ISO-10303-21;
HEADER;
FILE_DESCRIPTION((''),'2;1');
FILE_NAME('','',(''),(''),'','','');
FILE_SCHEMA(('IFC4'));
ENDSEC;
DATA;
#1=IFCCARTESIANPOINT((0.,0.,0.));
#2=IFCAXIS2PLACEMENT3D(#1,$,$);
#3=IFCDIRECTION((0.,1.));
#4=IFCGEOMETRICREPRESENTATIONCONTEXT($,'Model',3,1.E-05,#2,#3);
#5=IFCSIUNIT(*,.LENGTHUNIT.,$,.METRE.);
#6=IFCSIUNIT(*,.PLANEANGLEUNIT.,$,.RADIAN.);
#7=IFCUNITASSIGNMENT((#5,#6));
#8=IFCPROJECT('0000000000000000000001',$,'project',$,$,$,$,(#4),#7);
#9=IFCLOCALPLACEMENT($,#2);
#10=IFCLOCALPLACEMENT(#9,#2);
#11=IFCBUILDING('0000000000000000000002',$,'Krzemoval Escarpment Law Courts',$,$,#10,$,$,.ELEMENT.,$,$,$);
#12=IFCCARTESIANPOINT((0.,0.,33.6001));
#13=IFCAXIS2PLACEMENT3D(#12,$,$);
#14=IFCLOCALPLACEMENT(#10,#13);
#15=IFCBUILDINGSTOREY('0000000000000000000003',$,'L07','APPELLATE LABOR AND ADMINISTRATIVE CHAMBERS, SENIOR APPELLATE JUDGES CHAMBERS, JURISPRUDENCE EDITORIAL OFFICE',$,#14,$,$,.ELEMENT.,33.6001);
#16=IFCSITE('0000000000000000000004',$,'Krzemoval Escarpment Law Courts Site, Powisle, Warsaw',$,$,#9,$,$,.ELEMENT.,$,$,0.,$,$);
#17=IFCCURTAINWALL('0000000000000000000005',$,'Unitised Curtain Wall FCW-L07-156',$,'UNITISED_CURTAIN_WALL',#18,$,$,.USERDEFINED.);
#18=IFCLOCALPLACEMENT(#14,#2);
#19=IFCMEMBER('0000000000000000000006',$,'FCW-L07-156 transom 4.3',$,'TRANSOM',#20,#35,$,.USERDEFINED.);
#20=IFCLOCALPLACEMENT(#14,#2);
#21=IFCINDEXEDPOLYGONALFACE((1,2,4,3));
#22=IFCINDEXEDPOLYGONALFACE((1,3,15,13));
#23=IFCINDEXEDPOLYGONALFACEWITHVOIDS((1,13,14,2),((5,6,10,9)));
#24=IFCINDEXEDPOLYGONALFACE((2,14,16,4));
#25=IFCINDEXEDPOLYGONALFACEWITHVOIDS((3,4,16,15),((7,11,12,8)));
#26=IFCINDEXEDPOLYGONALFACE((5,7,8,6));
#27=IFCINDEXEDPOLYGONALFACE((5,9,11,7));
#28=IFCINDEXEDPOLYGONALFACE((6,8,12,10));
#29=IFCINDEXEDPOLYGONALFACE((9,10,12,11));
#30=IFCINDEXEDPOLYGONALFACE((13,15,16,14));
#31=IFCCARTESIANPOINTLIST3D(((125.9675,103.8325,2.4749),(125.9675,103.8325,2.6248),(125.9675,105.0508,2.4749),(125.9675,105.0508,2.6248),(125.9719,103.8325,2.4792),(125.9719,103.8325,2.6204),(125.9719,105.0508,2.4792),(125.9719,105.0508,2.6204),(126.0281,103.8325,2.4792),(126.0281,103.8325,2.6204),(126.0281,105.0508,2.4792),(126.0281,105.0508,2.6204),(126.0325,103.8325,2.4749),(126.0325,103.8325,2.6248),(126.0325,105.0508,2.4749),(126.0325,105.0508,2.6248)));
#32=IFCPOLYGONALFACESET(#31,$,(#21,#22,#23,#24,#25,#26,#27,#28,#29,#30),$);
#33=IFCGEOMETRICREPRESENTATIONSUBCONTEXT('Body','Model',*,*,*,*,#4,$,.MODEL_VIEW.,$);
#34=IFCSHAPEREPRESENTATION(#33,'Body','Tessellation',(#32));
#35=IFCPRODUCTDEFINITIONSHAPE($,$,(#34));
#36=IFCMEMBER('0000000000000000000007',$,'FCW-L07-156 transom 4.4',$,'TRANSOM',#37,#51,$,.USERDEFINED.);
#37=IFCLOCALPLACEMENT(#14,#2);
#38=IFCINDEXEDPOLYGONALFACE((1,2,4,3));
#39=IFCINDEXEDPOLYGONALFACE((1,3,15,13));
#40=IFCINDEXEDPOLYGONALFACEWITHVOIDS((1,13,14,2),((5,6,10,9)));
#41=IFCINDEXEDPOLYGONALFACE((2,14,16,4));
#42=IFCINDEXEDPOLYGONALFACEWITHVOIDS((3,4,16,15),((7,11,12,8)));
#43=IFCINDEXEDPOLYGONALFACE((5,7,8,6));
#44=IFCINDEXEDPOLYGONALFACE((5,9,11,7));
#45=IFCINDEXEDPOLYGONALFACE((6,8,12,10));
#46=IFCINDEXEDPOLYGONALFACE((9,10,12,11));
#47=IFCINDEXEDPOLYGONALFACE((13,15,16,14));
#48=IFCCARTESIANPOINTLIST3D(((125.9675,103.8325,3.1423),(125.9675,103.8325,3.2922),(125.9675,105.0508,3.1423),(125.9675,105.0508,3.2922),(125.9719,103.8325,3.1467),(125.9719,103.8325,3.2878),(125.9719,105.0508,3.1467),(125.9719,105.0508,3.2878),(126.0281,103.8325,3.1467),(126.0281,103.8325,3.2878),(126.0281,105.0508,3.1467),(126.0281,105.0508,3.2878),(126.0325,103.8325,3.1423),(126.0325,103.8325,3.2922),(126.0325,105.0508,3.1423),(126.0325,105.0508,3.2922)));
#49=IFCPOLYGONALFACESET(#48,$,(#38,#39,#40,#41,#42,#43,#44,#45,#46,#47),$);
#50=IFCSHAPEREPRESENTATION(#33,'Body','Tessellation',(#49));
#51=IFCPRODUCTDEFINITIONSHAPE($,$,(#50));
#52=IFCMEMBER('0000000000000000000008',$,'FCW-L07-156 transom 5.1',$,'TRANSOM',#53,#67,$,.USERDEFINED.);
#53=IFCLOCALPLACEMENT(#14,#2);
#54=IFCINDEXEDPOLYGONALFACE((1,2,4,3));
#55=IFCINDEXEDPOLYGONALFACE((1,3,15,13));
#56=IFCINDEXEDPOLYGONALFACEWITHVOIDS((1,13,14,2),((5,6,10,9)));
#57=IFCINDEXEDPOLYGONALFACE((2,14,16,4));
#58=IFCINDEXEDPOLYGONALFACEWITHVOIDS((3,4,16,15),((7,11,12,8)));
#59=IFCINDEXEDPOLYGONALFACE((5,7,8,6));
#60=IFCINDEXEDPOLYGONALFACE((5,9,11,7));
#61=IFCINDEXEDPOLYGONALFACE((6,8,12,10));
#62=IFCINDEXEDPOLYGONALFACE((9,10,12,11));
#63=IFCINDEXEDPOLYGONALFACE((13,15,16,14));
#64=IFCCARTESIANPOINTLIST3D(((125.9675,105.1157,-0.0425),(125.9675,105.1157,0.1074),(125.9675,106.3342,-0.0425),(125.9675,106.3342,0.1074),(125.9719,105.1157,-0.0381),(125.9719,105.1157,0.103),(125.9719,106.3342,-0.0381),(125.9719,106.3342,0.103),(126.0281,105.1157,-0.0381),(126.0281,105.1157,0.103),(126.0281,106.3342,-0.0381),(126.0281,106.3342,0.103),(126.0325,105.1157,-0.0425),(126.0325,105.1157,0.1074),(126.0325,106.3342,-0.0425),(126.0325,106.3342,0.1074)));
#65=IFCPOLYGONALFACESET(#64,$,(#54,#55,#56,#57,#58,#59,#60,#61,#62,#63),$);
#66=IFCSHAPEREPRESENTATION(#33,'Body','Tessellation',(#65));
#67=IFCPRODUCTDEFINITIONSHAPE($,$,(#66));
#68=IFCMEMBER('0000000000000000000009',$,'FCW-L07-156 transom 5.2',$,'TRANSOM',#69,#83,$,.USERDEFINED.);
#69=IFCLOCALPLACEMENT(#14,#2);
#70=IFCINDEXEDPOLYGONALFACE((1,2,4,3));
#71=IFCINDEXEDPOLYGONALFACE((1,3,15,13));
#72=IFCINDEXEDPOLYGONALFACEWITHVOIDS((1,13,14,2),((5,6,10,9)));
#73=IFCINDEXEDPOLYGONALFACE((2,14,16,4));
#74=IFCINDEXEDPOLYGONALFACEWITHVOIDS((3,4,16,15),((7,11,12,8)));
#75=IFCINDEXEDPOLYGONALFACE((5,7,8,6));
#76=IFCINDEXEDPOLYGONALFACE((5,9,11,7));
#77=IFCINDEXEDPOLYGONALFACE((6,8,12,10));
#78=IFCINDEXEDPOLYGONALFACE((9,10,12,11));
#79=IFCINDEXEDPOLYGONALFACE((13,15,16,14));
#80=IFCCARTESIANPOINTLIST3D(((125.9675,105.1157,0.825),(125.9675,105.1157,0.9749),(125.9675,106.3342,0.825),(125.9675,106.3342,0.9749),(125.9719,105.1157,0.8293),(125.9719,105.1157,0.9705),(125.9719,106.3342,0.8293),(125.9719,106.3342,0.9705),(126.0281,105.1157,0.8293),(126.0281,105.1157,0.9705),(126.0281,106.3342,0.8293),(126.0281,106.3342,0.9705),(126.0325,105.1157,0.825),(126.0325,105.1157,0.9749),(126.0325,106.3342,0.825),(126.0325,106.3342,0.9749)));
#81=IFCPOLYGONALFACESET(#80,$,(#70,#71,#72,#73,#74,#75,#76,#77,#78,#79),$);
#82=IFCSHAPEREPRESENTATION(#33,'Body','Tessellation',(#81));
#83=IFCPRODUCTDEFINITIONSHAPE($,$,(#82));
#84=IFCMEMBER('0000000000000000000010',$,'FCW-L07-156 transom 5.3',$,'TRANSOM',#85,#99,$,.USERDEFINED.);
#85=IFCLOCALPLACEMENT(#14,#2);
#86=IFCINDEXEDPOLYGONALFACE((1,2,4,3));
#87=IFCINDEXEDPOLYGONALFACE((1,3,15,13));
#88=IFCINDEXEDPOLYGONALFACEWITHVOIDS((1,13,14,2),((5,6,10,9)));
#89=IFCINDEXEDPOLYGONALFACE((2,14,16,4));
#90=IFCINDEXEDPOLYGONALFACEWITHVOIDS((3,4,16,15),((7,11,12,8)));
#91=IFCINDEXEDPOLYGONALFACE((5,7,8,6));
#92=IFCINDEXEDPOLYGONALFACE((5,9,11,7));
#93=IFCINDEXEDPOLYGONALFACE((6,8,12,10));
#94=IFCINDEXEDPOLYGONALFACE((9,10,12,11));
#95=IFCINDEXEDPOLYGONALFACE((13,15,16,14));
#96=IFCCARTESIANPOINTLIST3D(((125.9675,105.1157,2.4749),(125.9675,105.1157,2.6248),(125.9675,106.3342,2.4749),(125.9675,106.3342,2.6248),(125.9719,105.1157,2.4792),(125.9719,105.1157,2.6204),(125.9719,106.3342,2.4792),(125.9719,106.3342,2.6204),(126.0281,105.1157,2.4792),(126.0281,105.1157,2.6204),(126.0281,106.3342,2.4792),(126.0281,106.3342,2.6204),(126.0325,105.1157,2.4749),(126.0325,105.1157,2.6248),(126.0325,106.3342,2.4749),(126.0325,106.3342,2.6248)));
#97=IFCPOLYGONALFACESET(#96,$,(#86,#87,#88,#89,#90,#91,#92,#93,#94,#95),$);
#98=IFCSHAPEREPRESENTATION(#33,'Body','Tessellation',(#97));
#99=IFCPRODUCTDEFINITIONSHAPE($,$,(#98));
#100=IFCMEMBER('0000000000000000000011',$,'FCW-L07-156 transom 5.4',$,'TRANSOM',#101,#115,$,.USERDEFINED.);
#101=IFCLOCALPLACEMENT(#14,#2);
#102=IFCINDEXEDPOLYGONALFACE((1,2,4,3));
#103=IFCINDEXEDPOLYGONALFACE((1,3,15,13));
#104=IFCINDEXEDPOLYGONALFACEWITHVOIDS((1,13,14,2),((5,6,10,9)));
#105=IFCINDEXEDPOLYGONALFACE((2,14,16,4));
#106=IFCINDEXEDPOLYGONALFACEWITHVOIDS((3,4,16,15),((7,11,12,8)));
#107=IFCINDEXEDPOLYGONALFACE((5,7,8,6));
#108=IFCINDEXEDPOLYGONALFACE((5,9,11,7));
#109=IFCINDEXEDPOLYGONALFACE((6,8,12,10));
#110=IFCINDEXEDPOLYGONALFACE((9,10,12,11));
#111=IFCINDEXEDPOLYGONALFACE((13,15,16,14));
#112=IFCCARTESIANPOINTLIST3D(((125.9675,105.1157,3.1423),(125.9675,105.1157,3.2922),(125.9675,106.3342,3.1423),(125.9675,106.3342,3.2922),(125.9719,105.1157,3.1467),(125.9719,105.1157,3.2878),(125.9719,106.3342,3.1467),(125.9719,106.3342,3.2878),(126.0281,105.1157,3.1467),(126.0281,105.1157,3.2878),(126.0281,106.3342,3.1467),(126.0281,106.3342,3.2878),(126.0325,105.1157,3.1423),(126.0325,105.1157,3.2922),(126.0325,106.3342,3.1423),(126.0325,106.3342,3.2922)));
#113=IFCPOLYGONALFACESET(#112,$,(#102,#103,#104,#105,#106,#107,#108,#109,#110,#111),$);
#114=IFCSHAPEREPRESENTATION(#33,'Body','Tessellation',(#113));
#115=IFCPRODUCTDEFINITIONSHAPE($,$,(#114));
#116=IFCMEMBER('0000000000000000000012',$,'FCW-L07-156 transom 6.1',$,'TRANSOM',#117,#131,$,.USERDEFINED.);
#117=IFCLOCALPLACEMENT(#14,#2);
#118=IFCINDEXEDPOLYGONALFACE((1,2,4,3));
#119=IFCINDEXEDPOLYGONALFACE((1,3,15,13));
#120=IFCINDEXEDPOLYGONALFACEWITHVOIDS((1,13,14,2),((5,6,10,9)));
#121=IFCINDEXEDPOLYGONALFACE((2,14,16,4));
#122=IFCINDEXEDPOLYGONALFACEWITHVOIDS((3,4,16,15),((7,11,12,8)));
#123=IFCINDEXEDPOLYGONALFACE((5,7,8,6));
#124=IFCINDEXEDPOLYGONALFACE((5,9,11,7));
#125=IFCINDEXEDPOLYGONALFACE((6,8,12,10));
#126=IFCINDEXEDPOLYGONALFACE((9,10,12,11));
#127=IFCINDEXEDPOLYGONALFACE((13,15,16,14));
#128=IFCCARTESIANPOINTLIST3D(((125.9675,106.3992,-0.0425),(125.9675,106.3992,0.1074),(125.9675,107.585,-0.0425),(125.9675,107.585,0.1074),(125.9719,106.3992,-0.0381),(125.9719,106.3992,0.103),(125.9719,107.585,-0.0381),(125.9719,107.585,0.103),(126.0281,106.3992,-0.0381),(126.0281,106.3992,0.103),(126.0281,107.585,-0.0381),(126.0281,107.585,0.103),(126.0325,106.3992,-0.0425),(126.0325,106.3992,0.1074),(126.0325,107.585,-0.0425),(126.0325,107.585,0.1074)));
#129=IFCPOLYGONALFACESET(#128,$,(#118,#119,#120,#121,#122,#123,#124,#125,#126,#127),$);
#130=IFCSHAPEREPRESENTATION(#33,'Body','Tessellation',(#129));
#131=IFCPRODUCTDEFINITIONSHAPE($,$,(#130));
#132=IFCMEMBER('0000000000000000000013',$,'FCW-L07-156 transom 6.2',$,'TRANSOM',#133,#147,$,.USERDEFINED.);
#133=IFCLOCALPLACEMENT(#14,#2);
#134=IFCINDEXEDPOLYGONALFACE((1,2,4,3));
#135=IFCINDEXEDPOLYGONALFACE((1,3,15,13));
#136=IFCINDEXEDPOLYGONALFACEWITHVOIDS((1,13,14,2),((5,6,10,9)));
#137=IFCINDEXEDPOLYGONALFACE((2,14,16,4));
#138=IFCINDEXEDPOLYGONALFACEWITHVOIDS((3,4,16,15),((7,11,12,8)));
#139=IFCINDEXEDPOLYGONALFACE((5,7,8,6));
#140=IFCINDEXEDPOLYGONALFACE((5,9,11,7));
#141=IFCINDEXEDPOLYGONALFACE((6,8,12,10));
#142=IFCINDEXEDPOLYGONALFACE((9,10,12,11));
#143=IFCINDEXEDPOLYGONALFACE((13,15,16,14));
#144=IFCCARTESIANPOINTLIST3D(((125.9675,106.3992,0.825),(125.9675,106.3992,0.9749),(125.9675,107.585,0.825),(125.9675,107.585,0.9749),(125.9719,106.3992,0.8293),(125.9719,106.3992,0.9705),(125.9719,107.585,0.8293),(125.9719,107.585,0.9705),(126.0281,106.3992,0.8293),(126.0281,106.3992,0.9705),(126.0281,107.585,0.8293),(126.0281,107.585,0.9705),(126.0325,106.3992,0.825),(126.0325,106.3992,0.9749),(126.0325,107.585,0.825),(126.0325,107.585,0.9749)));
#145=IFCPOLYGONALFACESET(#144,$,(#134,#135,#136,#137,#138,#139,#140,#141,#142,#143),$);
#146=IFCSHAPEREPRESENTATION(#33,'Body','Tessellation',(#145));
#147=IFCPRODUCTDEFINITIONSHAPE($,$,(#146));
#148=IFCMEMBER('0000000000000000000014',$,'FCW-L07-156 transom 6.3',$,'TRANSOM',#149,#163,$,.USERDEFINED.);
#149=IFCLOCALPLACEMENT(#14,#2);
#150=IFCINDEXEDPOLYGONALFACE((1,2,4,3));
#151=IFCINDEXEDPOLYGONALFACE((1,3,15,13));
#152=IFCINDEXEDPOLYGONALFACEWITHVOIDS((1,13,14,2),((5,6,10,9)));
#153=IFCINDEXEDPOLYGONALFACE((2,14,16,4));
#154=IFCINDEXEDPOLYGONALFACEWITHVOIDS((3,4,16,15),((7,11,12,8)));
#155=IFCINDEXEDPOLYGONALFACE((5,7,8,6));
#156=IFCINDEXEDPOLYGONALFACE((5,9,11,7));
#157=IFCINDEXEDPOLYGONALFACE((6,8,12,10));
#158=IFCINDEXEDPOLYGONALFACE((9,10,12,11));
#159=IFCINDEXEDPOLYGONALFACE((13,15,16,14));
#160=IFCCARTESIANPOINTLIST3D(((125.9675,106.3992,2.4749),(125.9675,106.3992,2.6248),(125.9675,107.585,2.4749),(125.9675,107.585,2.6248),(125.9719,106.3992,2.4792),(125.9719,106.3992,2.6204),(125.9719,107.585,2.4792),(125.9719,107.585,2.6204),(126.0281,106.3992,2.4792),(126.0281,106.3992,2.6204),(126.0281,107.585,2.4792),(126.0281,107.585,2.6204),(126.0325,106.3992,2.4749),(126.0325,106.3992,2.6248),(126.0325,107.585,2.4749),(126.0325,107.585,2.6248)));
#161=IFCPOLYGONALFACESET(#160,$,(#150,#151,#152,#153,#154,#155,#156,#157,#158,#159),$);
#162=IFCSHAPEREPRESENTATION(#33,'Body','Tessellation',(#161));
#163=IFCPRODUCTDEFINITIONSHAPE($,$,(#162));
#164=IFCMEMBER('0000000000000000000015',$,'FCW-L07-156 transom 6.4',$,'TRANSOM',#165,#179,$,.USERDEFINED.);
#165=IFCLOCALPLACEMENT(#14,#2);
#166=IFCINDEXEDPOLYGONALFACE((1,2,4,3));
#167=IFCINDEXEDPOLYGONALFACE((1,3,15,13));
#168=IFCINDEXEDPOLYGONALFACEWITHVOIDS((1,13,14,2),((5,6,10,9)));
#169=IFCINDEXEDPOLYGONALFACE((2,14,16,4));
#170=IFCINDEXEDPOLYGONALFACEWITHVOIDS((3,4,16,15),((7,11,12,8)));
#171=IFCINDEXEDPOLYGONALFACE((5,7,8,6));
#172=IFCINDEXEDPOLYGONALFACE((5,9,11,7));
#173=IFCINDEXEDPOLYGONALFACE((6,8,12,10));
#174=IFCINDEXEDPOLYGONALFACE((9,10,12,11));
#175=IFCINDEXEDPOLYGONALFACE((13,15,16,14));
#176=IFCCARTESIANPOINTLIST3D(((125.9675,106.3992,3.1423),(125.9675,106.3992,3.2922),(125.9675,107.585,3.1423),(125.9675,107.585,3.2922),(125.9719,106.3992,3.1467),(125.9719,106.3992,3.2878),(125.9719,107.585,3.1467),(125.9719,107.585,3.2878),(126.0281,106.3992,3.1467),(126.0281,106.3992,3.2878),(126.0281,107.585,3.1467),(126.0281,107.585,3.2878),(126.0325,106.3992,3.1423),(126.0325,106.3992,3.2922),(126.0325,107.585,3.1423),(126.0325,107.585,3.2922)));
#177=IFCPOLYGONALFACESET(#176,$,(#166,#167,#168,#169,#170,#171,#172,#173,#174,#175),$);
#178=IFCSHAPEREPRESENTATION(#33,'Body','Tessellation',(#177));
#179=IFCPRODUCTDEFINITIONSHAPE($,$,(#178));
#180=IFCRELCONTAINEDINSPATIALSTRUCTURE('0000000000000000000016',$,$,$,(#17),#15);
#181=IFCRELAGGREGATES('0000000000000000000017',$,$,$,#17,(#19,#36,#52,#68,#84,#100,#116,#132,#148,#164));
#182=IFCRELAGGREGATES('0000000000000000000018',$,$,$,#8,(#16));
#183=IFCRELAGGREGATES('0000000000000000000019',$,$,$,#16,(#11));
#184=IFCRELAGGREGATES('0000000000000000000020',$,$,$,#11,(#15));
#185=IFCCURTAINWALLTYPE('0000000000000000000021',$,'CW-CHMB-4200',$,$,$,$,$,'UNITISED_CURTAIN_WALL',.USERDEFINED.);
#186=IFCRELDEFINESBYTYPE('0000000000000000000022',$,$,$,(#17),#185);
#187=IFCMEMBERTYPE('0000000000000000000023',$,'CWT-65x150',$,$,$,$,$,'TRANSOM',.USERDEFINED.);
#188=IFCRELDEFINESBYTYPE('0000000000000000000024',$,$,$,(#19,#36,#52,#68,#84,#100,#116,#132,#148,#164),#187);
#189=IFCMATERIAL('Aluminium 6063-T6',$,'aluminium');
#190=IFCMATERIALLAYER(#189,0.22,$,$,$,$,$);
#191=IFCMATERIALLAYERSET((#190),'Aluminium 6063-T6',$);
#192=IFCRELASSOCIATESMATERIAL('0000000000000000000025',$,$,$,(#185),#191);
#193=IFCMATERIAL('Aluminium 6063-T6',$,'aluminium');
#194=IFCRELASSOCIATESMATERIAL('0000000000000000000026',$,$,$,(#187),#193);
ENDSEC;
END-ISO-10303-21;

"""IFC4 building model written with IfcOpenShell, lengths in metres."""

from ifc_helpers import new_model, si_unit, direction, frame, origin, origin_2d, place, context, subcontext, project, spatial, hollow_rectangle, extrude, material, layer, layer_set, material_profile, profile_set, type_object, element, aggregate, save


model = new_model("IFC4")

# Units and contexts
model_context = context("Model", 3, precision=1e-05, world=origin(), true_north=direction((0.0, 1.0)))
body_context = subcontext(model_context, "Body", "Model", "MODEL_VIEW")
ifc_project = project(units=[si_unit("LENGTHUNIT", "METRE"), si_unit("PLANEANGLEUNIT", "RADIAN")], contexts=[model_context])

# Site, building, storey
site_placement = place(None, origin())
site = spatial("IfcSite", under=ifc_project, at=site_placement, Name="Krzemoval Escarpment Law Courts Site, Powisle, Warsaw", CompositionType="ELEMENT", RefElevation=0.0)
building_placement = place(site_placement, origin())
building = spatial("IfcBuilding", under=site, at=building_placement, Name="Krzemoval Escarpment Law Courts", CompositionType="ELEMENT")
storey_placement = place(building_placement, frame((0.0, 0.0, 33.6001)))
storey = spatial("IfcBuildingStorey", under=building, at=storey_placement, Name="L07", Description="APPELLATE LABOR AND ADMINISTRATIVE CHAMBERS, SENIOR APPELLATE JUDGES CHAMBERS, JURISPRUDENCE EDITORIAL OFFICE", CompositionType="ELEMENT", Elevation=33.6001)

# Curtain wall, members
ifc_material_1 = material(Name="Aluminium 6063-T6", Category="aluminium")
ifc_layer_1 = layer(ifc_material_1, 0.22)
ifc_layer_set_1 = layer_set([ifc_layer_1], Name="Aluminium 6063-T6")
curtain_wall_type = type_object("IfcCurtainWallType", Name="CW-CHMB-4200", ElementType="UNITISED_CURTAIN_WALL", PredefinedType="USERDEFINED", material=ifc_layer_set_1)
curtain_wall_placement = place(storey_placement, origin())
curtain_wall = element("IfcCurtainWall", 1, at=curtain_wall_placement, inside=storey, type_object=curtain_wall_type, Name="Unitised Curtain Wall FCW-L07-156", ObjectType="UNITISED_CURTAIN_WALL", PredefinedType="USERDEFINED")
ifc_material_2 = material(Name="Aluminium 6063-T6", Category="aluminium")
ifc_material_profile_1 = material_profile(ifc_material_2, hollow_rectangle(XDim=0.0649, YDim=0.1499, WallThickness=0.0044, at=origin_2d()), Name="ALU T65x150")
ifc_profile_set_1 = profile_set([ifc_material_profile_1], Name="Aluminium 6063-T6")
member_type = type_object("IfcMemberType", Name="CWT-65x150", ElementType="TRANSOM", PredefinedType="USERDEFINED", material=ifc_profile_set_1)
member_1_placement = place(storey_placement, frame((126.0, 103.8325, 2.5498), z_axis=(0.0, 1.0, 0.0), x_axis=(-1.0, 0.0, 0.0)))
member_1 = element("IfcMember", 2, at=member_1_placement, type_object=member_type, Name="FCW-L07-156 transom 4.3", ObjectType="TRANSOM", PredefinedType="USERDEFINED", context=body_context, shape_type="SweptSolid", body=[
    extrude(hollow_rectangle(XDim=0.0649, YDim=0.1499, WallThickness=0.0044, at=origin_2d()), origin(), (0.0, 0.0, 1.0), 1.2183),
])
member_2_placement = place(storey_placement, frame((126.0, 103.8325, 3.2173), z_axis=(0.0, 1.0, 0.0), x_axis=(-1.0, 0.0, 0.0)))
member_2 = element("IfcMember", 3, at=member_2_placement, type_object=member_type, Name="FCW-L07-156 transom 4.4", ObjectType="TRANSOM", PredefinedType="USERDEFINED", context=body_context, shape_type="SweptSolid", body=[
    extrude(hollow_rectangle(XDim=0.0649, YDim=0.1499, WallThickness=0.0044, at=origin_2d()), origin(), (0.0, 0.0, 1.0), 1.2183),
])
member_3_placement = place(storey_placement, frame((126.0, 105.1157, 0.0325), z_axis=(0.0, 1.0, 0.0), x_axis=(-1.0, 0.0, 0.0)))
member_3 = element("IfcMember", 4, at=member_3_placement, type_object=member_type, Name="FCW-L07-156 transom 5.1", ObjectType="TRANSOM", PredefinedType="USERDEFINED", context=body_context, shape_type="SweptSolid", body=[
    extrude(hollow_rectangle(XDim=0.0649, YDim=0.1499, WallThickness=0.0044, at=origin_2d()), origin(), (0.0, 0.0, 1.0), 1.2185),
])
member_4_placement = place(storey_placement, frame((126.0, 105.1157, 0.8999), z_axis=(0.0, 1.0, 0.0), x_axis=(-1.0, 0.0, 0.0)))
member_4 = element("IfcMember", 5, at=member_4_placement, type_object=member_type, Name="FCW-L07-156 transom 5.2", ObjectType="TRANSOM", PredefinedType="USERDEFINED", context=body_context, shape_type="SweptSolid", body=[
    extrude(hollow_rectangle(XDim=0.0649, YDim=0.1499, WallThickness=0.0044, at=origin_2d()), origin(), (0.0, 0.0, 1.0), 1.2185),
])
member_5_placement = place(storey_placement, frame((126.0, 105.1157, 2.5498), z_axis=(0.0, 1.0, 0.0), x_axis=(-1.0, 0.0, 0.0)))
member_5 = element("IfcMember", 6, at=member_5_placement, type_object=member_type, Name="FCW-L07-156 transom 5.3", ObjectType="TRANSOM", PredefinedType="USERDEFINED", context=body_context, shape_type="SweptSolid", body=[
    extrude(hollow_rectangle(XDim=0.0649, YDim=0.1499, WallThickness=0.0044, at=origin_2d()), origin(), (0.0, 0.0, 1.0), 1.2185),
])
member_6_placement = place(storey_placement, frame((126.0, 105.1157, 3.2173), z_axis=(0.0, 1.0, 0.0), x_axis=(-1.0, 0.0, 0.0)))
member_6 = element("IfcMember", 7, at=member_6_placement, type_object=member_type, Name="FCW-L07-156 transom 5.4", ObjectType="TRANSOM", PredefinedType="USERDEFINED", context=body_context, shape_type="SweptSolid", body=[
    extrude(hollow_rectangle(XDim=0.0649, YDim=0.1499, WallThickness=0.0044, at=origin_2d()), origin(), (0.0, 0.0, 1.0), 1.2185),
])
member_7_placement = place(storey_placement, frame((126.0, 106.3992, 0.0325), z_axis=(0.0, 1.0, 0.0), x_axis=(-1.0, 0.0, 0.0)))
member_7 = element("IfcMember", 8, at=member_7_placement, type_object=member_type, Name="FCW-L07-156 transom 6.1", ObjectType="TRANSOM", PredefinedType="USERDEFINED", context=body_context, shape_type="SweptSolid", body=[
    extrude(hollow_rectangle(XDim=0.0649, YDim=0.1499, WallThickness=0.0044, at=origin_2d()), origin(), (0.0, 0.0, 1.0), 1.1858),
])
member_8_placement = place(storey_placement, frame((126.0, 106.3992, 0.8999), z_axis=(0.0, 1.0, 0.0), x_axis=(-1.0, 0.0, 0.0)))
member_8 = element("IfcMember", 9, at=member_8_placement, type_object=member_type, Name="FCW-L07-156 transom 6.2", ObjectType="TRANSOM", PredefinedType="USERDEFINED", context=body_context, shape_type="SweptSolid", body=[
    extrude(hollow_rectangle(XDim=0.0649, YDim=0.1499, WallThickness=0.0044, at=origin_2d()), origin(), (0.0, 0.0, 1.0), 1.1858),
])
member_9_placement = place(storey_placement, frame((126.0, 106.3992, 2.5498), z_axis=(0.0, 1.0, 0.0), x_axis=(-1.0, 0.0, 0.0)))
member_9 = element("IfcMember", 10, at=member_9_placement, type_object=member_type, Name="FCW-L07-156 transom 6.3", ObjectType="TRANSOM", PredefinedType="USERDEFINED", context=body_context, shape_type="SweptSolid", body=[
    extrude(hollow_rectangle(XDim=0.0649, YDim=0.1499, WallThickness=0.0044, at=origin_2d()), origin(), (0.0, 0.0, 1.0), 1.1858),
])
member_10_placement = place(storey_placement, frame((126.0, 106.3992, 3.2173), z_axis=(0.0, 1.0, 0.0), x_axis=(-1.0, 0.0, 0.0)))
member_10 = element("IfcMember", 11, at=member_10_placement, type_object=member_type, Name="FCW-L07-156 transom 6.4", ObjectType="TRANSOM", PredefinedType="USERDEFINED", context=body_context, shape_type="SweptSolid", body=[
    extrude(hollow_rectangle(XDim=0.0649, YDim=0.1499, WallThickness=0.0044, at=origin_2d()), origin(), (0.0, 0.0, 1.0), 1.1858),
])

aggregate(curtain_wall, [member_1, member_2, member_3, member_4, member_5, member_6, member_7, member_8, member_9, member_10])

save(model, "model.ifc")
